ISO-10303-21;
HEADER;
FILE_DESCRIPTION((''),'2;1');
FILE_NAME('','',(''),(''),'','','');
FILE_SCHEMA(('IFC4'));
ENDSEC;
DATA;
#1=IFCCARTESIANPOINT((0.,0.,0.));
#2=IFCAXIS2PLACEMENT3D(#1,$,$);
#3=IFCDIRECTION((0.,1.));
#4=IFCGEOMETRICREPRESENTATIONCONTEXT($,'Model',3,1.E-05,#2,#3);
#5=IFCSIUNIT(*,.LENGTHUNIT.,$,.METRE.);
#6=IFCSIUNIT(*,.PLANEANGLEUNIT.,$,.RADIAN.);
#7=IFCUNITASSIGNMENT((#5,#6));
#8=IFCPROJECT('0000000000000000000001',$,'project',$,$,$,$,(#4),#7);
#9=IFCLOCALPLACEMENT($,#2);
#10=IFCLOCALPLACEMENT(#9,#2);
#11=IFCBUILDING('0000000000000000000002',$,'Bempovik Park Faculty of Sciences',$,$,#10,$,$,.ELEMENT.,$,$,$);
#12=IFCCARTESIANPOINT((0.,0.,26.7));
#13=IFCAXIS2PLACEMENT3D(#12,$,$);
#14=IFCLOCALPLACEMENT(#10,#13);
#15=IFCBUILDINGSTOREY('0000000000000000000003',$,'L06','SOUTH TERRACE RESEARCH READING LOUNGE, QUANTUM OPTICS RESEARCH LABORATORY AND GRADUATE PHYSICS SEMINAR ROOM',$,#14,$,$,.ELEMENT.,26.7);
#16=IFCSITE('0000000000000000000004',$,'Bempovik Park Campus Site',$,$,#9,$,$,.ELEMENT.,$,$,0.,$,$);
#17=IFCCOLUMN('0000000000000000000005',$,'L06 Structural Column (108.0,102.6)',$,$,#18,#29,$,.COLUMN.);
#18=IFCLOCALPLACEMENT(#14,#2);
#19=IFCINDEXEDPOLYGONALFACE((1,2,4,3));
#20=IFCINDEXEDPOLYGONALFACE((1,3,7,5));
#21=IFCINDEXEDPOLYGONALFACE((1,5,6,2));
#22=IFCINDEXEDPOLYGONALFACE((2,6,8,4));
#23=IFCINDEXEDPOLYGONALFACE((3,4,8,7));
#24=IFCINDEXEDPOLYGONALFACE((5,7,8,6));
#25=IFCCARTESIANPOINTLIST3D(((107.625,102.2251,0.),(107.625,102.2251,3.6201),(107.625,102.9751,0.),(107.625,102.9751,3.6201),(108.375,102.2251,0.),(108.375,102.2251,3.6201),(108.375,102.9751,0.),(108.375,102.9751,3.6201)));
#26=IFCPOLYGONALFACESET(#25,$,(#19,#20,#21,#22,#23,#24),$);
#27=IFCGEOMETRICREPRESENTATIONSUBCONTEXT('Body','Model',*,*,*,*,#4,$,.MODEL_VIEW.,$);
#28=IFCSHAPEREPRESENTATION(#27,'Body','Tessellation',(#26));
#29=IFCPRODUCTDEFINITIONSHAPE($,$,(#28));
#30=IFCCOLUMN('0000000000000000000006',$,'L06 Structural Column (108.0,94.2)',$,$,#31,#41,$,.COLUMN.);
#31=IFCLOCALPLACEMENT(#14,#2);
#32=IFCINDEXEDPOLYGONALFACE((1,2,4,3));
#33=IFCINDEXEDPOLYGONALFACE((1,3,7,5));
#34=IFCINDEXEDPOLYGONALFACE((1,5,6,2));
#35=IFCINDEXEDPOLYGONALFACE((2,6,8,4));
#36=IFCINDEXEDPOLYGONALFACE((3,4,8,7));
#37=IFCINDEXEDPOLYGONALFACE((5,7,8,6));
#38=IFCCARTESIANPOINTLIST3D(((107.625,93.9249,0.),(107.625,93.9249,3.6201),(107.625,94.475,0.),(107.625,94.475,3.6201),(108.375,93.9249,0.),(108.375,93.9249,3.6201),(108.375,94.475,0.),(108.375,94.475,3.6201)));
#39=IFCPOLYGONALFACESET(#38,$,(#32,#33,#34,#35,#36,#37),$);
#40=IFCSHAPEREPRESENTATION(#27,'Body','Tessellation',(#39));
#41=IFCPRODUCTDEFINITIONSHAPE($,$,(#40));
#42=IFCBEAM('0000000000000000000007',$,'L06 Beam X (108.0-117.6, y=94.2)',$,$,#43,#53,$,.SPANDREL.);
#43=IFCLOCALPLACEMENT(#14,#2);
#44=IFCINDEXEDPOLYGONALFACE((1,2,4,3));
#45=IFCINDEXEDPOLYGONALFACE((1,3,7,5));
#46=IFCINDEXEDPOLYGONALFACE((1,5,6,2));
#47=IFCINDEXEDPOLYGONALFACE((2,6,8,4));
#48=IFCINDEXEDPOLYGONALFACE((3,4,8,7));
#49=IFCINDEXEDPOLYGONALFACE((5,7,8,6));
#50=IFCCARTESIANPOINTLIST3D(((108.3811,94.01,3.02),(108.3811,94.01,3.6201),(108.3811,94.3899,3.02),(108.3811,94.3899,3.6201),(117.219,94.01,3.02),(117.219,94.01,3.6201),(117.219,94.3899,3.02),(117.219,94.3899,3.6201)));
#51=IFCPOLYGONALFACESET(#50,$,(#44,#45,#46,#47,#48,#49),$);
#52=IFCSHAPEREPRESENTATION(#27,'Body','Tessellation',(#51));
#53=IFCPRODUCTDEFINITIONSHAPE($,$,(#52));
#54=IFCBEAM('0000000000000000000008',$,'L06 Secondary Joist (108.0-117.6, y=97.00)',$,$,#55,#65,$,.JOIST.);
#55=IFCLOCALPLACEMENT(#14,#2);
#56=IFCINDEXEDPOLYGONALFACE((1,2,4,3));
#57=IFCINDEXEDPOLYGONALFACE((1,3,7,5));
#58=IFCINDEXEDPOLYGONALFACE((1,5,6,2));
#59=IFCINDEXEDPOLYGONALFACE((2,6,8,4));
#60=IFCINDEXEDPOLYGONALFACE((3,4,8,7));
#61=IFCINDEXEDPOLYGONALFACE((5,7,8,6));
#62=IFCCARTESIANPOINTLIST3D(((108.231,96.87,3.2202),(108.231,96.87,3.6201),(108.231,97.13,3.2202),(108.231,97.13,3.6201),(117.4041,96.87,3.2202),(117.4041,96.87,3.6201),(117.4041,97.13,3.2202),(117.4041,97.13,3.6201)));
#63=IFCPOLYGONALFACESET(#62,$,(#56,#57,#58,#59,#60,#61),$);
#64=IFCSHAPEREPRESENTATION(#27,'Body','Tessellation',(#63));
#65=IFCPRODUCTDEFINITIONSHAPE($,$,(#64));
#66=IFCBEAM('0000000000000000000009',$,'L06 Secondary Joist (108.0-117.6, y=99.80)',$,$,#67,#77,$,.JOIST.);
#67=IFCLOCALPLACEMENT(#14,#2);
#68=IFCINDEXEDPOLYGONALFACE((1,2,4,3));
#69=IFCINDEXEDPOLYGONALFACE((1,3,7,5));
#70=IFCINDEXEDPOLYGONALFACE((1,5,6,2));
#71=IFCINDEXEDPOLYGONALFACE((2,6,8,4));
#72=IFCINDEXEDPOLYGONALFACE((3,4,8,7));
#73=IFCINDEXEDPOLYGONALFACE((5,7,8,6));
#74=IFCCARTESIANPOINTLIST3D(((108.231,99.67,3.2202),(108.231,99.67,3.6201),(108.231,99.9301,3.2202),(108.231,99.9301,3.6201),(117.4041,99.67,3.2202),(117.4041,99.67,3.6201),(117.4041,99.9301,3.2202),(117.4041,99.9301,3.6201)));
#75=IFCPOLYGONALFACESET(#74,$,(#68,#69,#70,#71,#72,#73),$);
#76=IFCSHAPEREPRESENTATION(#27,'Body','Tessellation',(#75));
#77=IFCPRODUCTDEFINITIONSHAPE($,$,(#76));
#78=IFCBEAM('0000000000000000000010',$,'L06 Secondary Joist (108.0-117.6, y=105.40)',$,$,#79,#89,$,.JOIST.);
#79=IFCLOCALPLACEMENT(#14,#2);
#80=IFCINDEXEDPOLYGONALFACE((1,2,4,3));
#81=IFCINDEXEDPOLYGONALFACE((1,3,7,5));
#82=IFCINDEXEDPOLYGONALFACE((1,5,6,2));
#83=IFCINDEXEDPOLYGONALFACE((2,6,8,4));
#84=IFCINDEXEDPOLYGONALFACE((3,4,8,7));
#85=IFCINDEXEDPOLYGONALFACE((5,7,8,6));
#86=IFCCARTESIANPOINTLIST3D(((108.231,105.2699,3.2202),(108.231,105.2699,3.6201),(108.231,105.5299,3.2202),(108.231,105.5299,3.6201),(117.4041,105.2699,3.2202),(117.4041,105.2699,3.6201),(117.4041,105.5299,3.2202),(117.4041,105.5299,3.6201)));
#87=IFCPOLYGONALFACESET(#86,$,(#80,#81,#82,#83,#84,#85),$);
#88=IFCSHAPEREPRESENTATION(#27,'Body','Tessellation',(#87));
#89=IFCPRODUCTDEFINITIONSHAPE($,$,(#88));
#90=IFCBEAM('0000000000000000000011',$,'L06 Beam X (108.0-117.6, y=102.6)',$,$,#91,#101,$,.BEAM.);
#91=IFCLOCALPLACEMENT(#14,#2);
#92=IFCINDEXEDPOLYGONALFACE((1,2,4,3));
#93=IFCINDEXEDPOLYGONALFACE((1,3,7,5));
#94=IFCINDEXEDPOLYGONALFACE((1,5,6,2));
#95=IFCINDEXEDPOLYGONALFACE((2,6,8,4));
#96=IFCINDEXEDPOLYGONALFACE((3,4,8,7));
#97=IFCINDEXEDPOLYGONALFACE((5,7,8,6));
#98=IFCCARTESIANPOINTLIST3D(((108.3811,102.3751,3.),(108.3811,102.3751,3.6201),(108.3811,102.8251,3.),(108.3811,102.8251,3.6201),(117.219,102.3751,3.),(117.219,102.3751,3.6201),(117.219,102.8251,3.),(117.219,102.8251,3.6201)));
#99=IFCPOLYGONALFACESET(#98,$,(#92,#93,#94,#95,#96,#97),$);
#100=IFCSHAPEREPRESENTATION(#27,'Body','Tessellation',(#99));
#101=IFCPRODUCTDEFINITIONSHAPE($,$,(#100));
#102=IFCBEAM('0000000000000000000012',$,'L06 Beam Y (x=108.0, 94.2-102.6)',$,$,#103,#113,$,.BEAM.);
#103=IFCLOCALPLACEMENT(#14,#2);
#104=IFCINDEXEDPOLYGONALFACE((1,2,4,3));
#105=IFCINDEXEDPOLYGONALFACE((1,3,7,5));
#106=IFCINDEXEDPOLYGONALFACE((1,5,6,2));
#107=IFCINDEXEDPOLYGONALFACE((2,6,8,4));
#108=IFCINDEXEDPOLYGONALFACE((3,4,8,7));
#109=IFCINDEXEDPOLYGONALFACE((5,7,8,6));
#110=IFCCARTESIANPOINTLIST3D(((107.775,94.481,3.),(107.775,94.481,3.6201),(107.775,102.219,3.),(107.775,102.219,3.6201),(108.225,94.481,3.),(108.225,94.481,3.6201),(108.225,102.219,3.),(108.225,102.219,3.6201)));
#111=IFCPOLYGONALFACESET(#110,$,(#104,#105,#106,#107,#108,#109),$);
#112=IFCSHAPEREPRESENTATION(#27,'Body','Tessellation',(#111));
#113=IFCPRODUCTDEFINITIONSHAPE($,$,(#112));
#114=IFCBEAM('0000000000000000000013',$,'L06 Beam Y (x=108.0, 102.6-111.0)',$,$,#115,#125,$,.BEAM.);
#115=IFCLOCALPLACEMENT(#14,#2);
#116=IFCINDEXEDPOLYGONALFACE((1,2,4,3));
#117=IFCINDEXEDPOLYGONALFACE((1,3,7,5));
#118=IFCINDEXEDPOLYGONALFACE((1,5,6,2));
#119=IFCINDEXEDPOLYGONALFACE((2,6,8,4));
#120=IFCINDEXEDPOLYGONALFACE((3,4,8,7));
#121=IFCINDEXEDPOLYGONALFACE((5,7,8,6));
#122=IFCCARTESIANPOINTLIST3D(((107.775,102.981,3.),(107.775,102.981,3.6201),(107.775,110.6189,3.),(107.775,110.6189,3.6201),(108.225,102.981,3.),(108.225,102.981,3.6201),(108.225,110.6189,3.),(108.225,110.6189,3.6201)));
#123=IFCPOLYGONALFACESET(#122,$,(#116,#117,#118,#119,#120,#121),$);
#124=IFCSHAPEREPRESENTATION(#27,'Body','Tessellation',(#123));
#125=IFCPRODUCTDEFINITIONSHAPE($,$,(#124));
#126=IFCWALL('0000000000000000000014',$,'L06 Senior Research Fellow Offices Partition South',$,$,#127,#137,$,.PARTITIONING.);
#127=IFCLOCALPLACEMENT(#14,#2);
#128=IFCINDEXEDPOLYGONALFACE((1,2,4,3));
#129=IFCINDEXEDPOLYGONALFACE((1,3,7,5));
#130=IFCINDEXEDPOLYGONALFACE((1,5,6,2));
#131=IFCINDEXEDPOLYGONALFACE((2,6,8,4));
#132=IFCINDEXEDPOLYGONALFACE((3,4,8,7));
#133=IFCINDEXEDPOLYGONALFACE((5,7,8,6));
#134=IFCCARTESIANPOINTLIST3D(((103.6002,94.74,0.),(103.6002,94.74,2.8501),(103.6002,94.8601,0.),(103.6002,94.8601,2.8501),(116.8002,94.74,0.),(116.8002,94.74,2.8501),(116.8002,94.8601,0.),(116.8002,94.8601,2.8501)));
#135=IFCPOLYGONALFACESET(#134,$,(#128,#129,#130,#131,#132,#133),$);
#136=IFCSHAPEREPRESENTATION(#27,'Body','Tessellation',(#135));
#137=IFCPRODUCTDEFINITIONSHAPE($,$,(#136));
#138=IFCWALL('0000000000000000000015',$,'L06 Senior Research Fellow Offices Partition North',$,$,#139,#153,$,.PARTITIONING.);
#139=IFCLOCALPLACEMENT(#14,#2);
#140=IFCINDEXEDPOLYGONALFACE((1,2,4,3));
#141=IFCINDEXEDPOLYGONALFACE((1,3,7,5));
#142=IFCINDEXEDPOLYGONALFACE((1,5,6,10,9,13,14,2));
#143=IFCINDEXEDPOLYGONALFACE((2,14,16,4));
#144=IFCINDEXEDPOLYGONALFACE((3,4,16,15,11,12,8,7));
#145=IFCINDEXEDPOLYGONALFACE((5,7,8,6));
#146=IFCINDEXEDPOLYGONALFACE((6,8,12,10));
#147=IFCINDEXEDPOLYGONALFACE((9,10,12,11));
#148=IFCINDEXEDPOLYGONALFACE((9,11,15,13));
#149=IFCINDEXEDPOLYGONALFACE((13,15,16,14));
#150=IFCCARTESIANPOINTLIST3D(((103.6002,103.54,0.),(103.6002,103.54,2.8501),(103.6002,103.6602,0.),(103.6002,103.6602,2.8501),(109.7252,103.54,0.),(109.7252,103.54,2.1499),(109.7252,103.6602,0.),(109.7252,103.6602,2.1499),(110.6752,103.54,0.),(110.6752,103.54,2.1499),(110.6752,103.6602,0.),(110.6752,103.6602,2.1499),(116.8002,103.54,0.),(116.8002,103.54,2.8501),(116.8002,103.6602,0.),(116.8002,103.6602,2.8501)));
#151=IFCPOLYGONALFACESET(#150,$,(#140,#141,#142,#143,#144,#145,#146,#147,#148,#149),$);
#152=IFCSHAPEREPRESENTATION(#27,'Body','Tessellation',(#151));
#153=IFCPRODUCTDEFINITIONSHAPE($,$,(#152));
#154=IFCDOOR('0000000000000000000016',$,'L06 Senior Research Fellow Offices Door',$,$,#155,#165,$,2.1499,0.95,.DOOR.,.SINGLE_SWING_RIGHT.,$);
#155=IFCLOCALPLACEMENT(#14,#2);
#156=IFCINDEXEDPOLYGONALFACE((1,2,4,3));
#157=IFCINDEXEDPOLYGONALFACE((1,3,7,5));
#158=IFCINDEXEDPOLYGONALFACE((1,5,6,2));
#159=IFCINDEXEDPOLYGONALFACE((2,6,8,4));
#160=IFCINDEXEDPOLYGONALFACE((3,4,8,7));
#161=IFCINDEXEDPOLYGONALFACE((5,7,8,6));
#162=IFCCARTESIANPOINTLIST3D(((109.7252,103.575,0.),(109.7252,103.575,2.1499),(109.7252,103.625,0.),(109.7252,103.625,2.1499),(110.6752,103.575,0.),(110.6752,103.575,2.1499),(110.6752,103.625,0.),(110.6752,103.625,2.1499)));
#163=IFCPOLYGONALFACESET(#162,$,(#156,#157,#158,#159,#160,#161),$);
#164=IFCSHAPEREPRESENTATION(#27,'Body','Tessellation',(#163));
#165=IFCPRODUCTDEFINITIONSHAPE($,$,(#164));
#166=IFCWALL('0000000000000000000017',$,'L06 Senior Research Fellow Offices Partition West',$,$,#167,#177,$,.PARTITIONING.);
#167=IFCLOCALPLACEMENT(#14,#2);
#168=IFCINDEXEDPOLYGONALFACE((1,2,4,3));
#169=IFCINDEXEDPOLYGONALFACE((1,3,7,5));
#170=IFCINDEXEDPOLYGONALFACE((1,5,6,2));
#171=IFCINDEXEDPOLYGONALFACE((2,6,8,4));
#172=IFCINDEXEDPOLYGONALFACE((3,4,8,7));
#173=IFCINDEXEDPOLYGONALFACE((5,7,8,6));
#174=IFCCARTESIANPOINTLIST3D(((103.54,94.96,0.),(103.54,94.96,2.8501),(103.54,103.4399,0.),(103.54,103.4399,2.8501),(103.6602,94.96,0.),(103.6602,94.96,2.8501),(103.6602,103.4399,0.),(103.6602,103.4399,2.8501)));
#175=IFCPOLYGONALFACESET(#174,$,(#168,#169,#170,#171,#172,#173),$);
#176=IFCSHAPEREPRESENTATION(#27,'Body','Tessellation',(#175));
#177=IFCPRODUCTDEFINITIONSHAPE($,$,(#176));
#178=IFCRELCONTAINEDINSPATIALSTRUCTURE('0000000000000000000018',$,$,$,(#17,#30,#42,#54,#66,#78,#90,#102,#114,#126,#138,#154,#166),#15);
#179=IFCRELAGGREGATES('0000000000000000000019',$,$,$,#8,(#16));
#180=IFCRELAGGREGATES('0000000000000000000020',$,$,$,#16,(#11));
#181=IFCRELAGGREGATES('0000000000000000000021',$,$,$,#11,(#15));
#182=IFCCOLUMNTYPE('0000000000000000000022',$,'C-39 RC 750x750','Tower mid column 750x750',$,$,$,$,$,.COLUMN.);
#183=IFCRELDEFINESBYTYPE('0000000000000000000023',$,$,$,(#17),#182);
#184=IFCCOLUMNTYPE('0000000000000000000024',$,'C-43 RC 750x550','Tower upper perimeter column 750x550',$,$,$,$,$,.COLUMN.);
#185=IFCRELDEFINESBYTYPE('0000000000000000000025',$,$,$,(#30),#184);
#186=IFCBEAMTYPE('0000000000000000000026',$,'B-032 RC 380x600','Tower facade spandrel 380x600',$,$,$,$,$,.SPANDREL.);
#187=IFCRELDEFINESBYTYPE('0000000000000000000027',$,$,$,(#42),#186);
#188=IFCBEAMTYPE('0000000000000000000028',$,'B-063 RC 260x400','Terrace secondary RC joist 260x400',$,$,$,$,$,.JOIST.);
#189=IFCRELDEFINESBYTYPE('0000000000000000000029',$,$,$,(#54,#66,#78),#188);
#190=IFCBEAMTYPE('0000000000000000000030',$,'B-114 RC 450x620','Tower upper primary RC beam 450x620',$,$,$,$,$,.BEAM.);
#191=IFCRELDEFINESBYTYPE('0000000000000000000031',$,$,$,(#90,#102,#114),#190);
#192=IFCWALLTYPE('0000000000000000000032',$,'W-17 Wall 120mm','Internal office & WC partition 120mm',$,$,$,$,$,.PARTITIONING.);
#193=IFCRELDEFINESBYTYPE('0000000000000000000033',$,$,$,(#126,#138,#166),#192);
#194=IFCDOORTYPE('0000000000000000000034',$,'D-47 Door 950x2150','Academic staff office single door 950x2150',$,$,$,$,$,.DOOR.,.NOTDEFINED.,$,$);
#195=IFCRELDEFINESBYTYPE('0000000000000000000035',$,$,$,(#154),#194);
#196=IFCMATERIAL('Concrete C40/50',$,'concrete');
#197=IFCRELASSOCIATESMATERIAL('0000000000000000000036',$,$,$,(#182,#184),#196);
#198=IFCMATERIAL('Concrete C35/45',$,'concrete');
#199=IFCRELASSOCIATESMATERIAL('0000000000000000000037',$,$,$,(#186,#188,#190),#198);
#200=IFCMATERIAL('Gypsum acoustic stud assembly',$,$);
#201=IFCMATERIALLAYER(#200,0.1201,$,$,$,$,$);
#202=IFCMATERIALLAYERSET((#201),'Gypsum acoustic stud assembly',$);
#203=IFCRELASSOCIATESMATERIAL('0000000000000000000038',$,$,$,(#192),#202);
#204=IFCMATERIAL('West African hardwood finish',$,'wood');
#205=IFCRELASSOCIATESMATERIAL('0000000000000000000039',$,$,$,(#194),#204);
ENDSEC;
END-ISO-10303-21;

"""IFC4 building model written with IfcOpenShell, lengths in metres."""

from ifc_helpers import new_model, si_unit, direction, frame, frame_2d, origin, origin_2d, place, context, subcontext, project, spatial, rectangle, extrude, material, layer, layer_set, material_profile, profile_set, type_object, element, fill, save


model = new_model("IFC4")

# Units and contexts
model_context = context("Model", 3, precision=1e-05, world=origin(), true_north=direction((0.0, 1.0)))
body_context = subcontext(model_context, "Body", "Model", "MODEL_VIEW")
ifc_project = project(units=[si_unit("LENGTHUNIT", "METRE"), si_unit("PLANEANGLEUNIT", "RADIAN")], contexts=[model_context])

# Site, building, storey
site_placement = place(None, origin())
site = spatial("IfcSite", under=ifc_project, at=site_placement, Name="Bempovik Park Campus Site", CompositionType="ELEMENT", RefElevation=0.0)
building_placement = place(site_placement, origin())
building = spatial("IfcBuilding", under=site, at=building_placement, Name="Bempovik Park Faculty of Sciences", CompositionType="ELEMENT")
storey_placement = place(building_placement, frame((0.0, 0.0, 26.7)))
storey = spatial("IfcBuildingStorey", under=building, at=storey_placement, Name="L06", Description="SOUTH TERRACE RESEARCH READING LOUNGE, QUANTUM OPTICS RESEARCH LABORATORY AND GRADUATE PHYSICS SEMINAR ROOM", CompositionType="ELEMENT", Elevation=26.7)

# Columns
ifc_material_1 = material(Name="Concrete C40/50", Category="concrete")
ifc_material_profile_1 = material_profile(ifc_material_1, rectangle(XDim=0.75, YDim=0.75, at=origin_2d()), Name="RC 750x750")
ifc_profile_set_1 = profile_set([ifc_material_profile_1], Name="Concrete C40/50")
column_type_1 = type_object("IfcColumnType", Name="C-39 RC 750x750", Description="Tower mid column 750x750", PredefinedType="COLUMN", material=ifc_profile_set_1)
column_1_placement = place(storey_placement, frame((108.0, 102.6001, 0.0), z_axis=(0.0, 0.0, 1.0), x_axis=(1.0, 0.0, 0.0)))
element("IfcColumn", 1, at=column_1_placement, inside=storey, type_object=column_type_1, Name="L06 Structural Column (108.0,102.6)", PredefinedType="COLUMN", context=body_context, shape_type="SweptSolid", body=[
    extrude(rectangle(XDim=0.75, YDim=0.75, at=origin_2d()), origin(), (0.0, 0.0, 1.0), 3.6201),
])
ifc_material_profile_2 = material_profile(ifc_material_1, rectangle(XDim=0.75, YDim=0.55, at=origin_2d()), Name="RC 750x550")
ifc_profile_set_2 = profile_set([ifc_material_profile_2], Name="Concrete C40/50")
column_type_2 = type_object("IfcColumnType", Name="C-43 RC 750x550", Description="Tower upper perimeter column 750x550", PredefinedType="COLUMN", material=ifc_profile_set_2)
column_2_placement = place(storey_placement, frame((108.0, 94.2, 0.0), z_axis=(0.0, 0.0, 1.0), x_axis=(1.0, 0.0, 0.0)))
element("IfcColumn", 2, at=column_2_placement, inside=storey, type_object=column_type_2, Name="L06 Structural Column (108.0,94.2)", PredefinedType="COLUMN", context=body_context, shape_type="SweptSolid", body=[
    extrude(rectangle(XDim=0.75, YDim=0.55, at=origin_2d()), origin(), (0.0, 0.0, 1.0), 3.6201),
])

# Beams
ifc_material_2 = material(Name="Concrete C35/45", Category="concrete")
ifc_material_profile_3 = material_profile(ifc_material_2, rectangle(XDim=0.3799, YDim=0.6001, at=origin_2d()), Name="RC 380x600")
ifc_profile_set_3 = profile_set([ifc_material_profile_3], Name="Concrete C35/45")
beam_type_1 = type_object("IfcBeamType", Name="B-032 RC 380x600", Description="Tower facade spandrel 380x600", PredefinedType="SPANDREL", material=ifc_profile_set_3)
beam_1_placement = place(storey_placement, frame((108.3811, 94.2, 3.3201), z_axis=(1.0, 0.0, 0.0), x_axis=(0.0, 1.0, 0.0)))
element("IfcBeam", 3, at=beam_1_placement, inside=storey, type_object=beam_type_1, Name="L06 Beam X (108.0-117.6, y=94.2)", PredefinedType="SPANDREL", context=body_context, shape_type="SweptSolid", body=[
    extrude(rectangle(XDim=0.3799, YDim=0.6001, at=origin_2d()), origin(), (0.0, 0.0, 1.0), 8.8379),
])
ifc_material_profile_4 = material_profile(ifc_material_2, rectangle(XDim=0.26, YDim=0.3999, at=origin_2d()), Name="RC 260x400")
ifc_profile_set_4 = profile_set([ifc_material_profile_4], Name="Concrete C35/45")
beam_type_2 = type_object("IfcBeamType", Name="B-063 RC 260x400", Description="Terrace secondary RC joist 260x400", PredefinedType="JOIST", material=ifc_profile_set_4)
for number, where, z_axis, x_axis, name in (
    (4, (108.231, 97.0, 3.4202), (1.0, 0.0, 0.0), (0.0, 1.0, 0.0), "L06 Secondary Joist (108.0-117.6, y=97.00)"),
    (5, (108.231, 99.8, 3.4202), (1.0, 0.0, 0.0), (0.0, 1.0, 0.0), "L06 Secondary Joist (108.0-117.6, y=99.80)"),
    (6, (108.231, 105.3999, 3.4202), (1.0, 0.0, 0.0), (0.0, 1.0, 0.0), "L06 Secondary Joist (108.0-117.6, y=105.40)"),
):
    element("IfcBeam", number, at=place(storey_placement, frame(where, z_axis=z_axis, x_axis=x_axis)), inside=storey, type_object=beam_type_2, Name=name, PredefinedType="JOIST", context=body_context, shape_type="SweptSolid", body=[
        extrude(rectangle(XDim=0.26, YDim=0.3999, at=origin_2d()), origin(), (0.0, 0.0, 1.0), 9.1731),
    ])
ifc_material_profile_5 = material_profile(ifc_material_2, rectangle(XDim=0.45, YDim=0.6201, at=origin_2d()), Name="RC 450x620")
ifc_profile_set_5 = profile_set([ifc_material_profile_5], Name="Concrete C35/45")
beam_type_3 = type_object("IfcBeamType", Name="B-114 RC 450x620", Description="Tower upper primary RC beam 450x620", PredefinedType="BEAM", material=ifc_profile_set_5)
beam_2_placement = place(storey_placement, frame((108.3811, 102.6001, 3.3101), z_axis=(1.0, 0.0, 0.0), x_axis=(0.0, 1.0, 0.0)))
element("IfcBeam", 7, at=beam_2_placement, inside=storey, type_object=beam_type_3, Name="L06 Beam X (108.0-117.6, y=102.6)", PredefinedType="BEAM", context=body_context, shape_type="SweptSolid", body=[
    extrude(rectangle(XDim=0.45, YDim=0.6201, at=origin_2d()), origin(), (0.0, 0.0, 1.0), 8.8379),
])
beam_3_placement = place(storey_placement, frame((108.0, 94.481, 3.3101), z_axis=(0.0, 1.0, 0.0), x_axis=(-1.0, 0.0, 0.0)))
element("IfcBeam", 8, at=beam_3_placement, inside=storey, type_object=beam_type_3, Name="L06 Beam Y (x=108.0, 94.2-102.6)", PredefinedType="BEAM", context=body_context, shape_type="SweptSolid", body=[
    extrude(rectangle(XDim=0.45, YDim=0.6201, at=origin_2d()), origin(), (0.0, 0.0, 1.0), 7.738),
])
beam_4_placement = place(storey_placement, frame((108.0, 102.981, 3.3101), z_axis=(0.0, 1.0, 0.0), x_axis=(-1.0, 0.0, 0.0)))
element("IfcBeam", 9, at=beam_4_placement, inside=storey, type_object=beam_type_3, Name="L06 Beam Y (x=108.0, 102.6-111.0)", PredefinedType="BEAM", context=body_context, shape_type="SweptSolid", body=[
    extrude(rectangle(XDim=0.45, YDim=0.6201, at=origin_2d()), origin(), (0.0, 0.0, 1.0), 7.6379),
])

# Wall
ifc_material_3 = material(Name="Gypsum acoustic stud assembly")
ifc_layer_1 = layer(ifc_material_3, 0.1201)
ifc_layer_set_1 = layer_set([ifc_layer_1], Name="Gypsum acoustic stud assembly")
wall_type_1 = type_object("IfcWallType", Name="W-17 Wall 120mm", Description="Internal office & WC partition 120mm", PredefinedType="PARTITIONING", material=ifc_layer_set_1)
wall_1_placement = place(storey_placement, frame((103.6001, 94.8, 0.0), z_axis=(0.0, 0.0, 1.0), x_axis=(1.0, 0.0, 0.0)))
element("IfcWall", 10, at=wall_1_placement, inside=storey, type_object=wall_type_1, Name="L06 Senior Research Fellow Offices Partition South", PredefinedType="PARTITIONING", context=body_context, shape_type="SweptSolid", body=[
    extrude(rectangle(XDim=13.2, YDim=0.1201, at=frame_2d((6.6001, 0.0))), origin(), (0.0, 0.0, 1.0), 2.8501),
])

# Wall, opening, door
wall_2_placement = place(storey_placement, frame((103.6001, 103.6001, 0.0), z_axis=(0.0, 0.0, 1.0), x_axis=(1.0, 0.0, 0.0)))
wall_2 = element("IfcWall", 11, at=wall_2_placement, inside=storey, type_object=wall_type_1, Name="L06 Senior Research Fellow Offices Partition North", PredefinedType="PARTITIONING", context=body_context, shape_type="SweptSolid", body=[
    extrude(rectangle(XDim=13.2, YDim=0.1201, at=frame_2d((6.6001, 0.0))), origin(), (0.0, 0.0, 1.0), 2.8501),
])
opening_1_placement = place(wall_2_placement, frame((6.125, 0.0, 0.0)))
opening_1 = element("IfcOpeningElement", 12, at=opening_1_placement, cuts=wall_2, PredefinedType="OPENING", context=body_context, shape_type="SweptSolid", body=[
    extrude(rectangle(XDim=0.95, YDim=2.1499, at=frame_2d((0.4751, 1.075))), frame((0.0, 0.0701, 0.0), z_axis=(0.0, -1.0, 0.0), x_axis=(1.0, 0.0, 0.0)), (0.0, 0.0, 1.0), 0.1401),
])
ifc_material_4 = material(Name="West African hardwood finish", Category="wood")
door_type = type_object("IfcDoorType", Name="D-47 Door 950x2150", Description="Academic staff office single door 950x2150", OperationType="NOTDEFINED", PredefinedType="DOOR", material=ifc_material_4)
door_placement = place(opening_1_placement, origin())
door = element("IfcDoor", 13, at=door_placement, inside=storey, type_object=door_type, Name="L06 Senior Research Fellow Offices Door", OperationType="SINGLE_SWING_RIGHT", OverallHeight=2.1499, OverallWidth=0.95, PredefinedType="DOOR", context=body_context, shape_type="SweptSolid", body=[
    extrude(rectangle(XDim=0.95, YDim=2.1499, at=frame_2d((0.4751, 1.075))), frame((0.0, 0.0249, 0.0), z_axis=(0.0, -1.0, 0.0), x_axis=(1.0, 0.0, 0.0)), (0.0, 0.0, 1.0), 0.05),
])
fill(opening_1, door)

# Wall
wall_3_placement = place(storey_placement, frame((103.6001, 94.96, 0.0), z_axis=(0.0, 0.0, 1.0), x_axis=(0.0, 1.0, 0.0)))
element("IfcWall", 14, at=wall_3_placement, inside=storey, type_object=wall_type_1, Name="L06 Senior Research Fellow Offices Partition West", PredefinedType="PARTITIONING", context=body_context, shape_type="SweptSolid", body=[
    extrude(rectangle(XDim=8.48, YDim=0.1201, at=frame_2d((4.24, 0.0))), origin(), (0.0, 0.0, 1.0), 2.8501),
])

save(model, "model.ifc")
